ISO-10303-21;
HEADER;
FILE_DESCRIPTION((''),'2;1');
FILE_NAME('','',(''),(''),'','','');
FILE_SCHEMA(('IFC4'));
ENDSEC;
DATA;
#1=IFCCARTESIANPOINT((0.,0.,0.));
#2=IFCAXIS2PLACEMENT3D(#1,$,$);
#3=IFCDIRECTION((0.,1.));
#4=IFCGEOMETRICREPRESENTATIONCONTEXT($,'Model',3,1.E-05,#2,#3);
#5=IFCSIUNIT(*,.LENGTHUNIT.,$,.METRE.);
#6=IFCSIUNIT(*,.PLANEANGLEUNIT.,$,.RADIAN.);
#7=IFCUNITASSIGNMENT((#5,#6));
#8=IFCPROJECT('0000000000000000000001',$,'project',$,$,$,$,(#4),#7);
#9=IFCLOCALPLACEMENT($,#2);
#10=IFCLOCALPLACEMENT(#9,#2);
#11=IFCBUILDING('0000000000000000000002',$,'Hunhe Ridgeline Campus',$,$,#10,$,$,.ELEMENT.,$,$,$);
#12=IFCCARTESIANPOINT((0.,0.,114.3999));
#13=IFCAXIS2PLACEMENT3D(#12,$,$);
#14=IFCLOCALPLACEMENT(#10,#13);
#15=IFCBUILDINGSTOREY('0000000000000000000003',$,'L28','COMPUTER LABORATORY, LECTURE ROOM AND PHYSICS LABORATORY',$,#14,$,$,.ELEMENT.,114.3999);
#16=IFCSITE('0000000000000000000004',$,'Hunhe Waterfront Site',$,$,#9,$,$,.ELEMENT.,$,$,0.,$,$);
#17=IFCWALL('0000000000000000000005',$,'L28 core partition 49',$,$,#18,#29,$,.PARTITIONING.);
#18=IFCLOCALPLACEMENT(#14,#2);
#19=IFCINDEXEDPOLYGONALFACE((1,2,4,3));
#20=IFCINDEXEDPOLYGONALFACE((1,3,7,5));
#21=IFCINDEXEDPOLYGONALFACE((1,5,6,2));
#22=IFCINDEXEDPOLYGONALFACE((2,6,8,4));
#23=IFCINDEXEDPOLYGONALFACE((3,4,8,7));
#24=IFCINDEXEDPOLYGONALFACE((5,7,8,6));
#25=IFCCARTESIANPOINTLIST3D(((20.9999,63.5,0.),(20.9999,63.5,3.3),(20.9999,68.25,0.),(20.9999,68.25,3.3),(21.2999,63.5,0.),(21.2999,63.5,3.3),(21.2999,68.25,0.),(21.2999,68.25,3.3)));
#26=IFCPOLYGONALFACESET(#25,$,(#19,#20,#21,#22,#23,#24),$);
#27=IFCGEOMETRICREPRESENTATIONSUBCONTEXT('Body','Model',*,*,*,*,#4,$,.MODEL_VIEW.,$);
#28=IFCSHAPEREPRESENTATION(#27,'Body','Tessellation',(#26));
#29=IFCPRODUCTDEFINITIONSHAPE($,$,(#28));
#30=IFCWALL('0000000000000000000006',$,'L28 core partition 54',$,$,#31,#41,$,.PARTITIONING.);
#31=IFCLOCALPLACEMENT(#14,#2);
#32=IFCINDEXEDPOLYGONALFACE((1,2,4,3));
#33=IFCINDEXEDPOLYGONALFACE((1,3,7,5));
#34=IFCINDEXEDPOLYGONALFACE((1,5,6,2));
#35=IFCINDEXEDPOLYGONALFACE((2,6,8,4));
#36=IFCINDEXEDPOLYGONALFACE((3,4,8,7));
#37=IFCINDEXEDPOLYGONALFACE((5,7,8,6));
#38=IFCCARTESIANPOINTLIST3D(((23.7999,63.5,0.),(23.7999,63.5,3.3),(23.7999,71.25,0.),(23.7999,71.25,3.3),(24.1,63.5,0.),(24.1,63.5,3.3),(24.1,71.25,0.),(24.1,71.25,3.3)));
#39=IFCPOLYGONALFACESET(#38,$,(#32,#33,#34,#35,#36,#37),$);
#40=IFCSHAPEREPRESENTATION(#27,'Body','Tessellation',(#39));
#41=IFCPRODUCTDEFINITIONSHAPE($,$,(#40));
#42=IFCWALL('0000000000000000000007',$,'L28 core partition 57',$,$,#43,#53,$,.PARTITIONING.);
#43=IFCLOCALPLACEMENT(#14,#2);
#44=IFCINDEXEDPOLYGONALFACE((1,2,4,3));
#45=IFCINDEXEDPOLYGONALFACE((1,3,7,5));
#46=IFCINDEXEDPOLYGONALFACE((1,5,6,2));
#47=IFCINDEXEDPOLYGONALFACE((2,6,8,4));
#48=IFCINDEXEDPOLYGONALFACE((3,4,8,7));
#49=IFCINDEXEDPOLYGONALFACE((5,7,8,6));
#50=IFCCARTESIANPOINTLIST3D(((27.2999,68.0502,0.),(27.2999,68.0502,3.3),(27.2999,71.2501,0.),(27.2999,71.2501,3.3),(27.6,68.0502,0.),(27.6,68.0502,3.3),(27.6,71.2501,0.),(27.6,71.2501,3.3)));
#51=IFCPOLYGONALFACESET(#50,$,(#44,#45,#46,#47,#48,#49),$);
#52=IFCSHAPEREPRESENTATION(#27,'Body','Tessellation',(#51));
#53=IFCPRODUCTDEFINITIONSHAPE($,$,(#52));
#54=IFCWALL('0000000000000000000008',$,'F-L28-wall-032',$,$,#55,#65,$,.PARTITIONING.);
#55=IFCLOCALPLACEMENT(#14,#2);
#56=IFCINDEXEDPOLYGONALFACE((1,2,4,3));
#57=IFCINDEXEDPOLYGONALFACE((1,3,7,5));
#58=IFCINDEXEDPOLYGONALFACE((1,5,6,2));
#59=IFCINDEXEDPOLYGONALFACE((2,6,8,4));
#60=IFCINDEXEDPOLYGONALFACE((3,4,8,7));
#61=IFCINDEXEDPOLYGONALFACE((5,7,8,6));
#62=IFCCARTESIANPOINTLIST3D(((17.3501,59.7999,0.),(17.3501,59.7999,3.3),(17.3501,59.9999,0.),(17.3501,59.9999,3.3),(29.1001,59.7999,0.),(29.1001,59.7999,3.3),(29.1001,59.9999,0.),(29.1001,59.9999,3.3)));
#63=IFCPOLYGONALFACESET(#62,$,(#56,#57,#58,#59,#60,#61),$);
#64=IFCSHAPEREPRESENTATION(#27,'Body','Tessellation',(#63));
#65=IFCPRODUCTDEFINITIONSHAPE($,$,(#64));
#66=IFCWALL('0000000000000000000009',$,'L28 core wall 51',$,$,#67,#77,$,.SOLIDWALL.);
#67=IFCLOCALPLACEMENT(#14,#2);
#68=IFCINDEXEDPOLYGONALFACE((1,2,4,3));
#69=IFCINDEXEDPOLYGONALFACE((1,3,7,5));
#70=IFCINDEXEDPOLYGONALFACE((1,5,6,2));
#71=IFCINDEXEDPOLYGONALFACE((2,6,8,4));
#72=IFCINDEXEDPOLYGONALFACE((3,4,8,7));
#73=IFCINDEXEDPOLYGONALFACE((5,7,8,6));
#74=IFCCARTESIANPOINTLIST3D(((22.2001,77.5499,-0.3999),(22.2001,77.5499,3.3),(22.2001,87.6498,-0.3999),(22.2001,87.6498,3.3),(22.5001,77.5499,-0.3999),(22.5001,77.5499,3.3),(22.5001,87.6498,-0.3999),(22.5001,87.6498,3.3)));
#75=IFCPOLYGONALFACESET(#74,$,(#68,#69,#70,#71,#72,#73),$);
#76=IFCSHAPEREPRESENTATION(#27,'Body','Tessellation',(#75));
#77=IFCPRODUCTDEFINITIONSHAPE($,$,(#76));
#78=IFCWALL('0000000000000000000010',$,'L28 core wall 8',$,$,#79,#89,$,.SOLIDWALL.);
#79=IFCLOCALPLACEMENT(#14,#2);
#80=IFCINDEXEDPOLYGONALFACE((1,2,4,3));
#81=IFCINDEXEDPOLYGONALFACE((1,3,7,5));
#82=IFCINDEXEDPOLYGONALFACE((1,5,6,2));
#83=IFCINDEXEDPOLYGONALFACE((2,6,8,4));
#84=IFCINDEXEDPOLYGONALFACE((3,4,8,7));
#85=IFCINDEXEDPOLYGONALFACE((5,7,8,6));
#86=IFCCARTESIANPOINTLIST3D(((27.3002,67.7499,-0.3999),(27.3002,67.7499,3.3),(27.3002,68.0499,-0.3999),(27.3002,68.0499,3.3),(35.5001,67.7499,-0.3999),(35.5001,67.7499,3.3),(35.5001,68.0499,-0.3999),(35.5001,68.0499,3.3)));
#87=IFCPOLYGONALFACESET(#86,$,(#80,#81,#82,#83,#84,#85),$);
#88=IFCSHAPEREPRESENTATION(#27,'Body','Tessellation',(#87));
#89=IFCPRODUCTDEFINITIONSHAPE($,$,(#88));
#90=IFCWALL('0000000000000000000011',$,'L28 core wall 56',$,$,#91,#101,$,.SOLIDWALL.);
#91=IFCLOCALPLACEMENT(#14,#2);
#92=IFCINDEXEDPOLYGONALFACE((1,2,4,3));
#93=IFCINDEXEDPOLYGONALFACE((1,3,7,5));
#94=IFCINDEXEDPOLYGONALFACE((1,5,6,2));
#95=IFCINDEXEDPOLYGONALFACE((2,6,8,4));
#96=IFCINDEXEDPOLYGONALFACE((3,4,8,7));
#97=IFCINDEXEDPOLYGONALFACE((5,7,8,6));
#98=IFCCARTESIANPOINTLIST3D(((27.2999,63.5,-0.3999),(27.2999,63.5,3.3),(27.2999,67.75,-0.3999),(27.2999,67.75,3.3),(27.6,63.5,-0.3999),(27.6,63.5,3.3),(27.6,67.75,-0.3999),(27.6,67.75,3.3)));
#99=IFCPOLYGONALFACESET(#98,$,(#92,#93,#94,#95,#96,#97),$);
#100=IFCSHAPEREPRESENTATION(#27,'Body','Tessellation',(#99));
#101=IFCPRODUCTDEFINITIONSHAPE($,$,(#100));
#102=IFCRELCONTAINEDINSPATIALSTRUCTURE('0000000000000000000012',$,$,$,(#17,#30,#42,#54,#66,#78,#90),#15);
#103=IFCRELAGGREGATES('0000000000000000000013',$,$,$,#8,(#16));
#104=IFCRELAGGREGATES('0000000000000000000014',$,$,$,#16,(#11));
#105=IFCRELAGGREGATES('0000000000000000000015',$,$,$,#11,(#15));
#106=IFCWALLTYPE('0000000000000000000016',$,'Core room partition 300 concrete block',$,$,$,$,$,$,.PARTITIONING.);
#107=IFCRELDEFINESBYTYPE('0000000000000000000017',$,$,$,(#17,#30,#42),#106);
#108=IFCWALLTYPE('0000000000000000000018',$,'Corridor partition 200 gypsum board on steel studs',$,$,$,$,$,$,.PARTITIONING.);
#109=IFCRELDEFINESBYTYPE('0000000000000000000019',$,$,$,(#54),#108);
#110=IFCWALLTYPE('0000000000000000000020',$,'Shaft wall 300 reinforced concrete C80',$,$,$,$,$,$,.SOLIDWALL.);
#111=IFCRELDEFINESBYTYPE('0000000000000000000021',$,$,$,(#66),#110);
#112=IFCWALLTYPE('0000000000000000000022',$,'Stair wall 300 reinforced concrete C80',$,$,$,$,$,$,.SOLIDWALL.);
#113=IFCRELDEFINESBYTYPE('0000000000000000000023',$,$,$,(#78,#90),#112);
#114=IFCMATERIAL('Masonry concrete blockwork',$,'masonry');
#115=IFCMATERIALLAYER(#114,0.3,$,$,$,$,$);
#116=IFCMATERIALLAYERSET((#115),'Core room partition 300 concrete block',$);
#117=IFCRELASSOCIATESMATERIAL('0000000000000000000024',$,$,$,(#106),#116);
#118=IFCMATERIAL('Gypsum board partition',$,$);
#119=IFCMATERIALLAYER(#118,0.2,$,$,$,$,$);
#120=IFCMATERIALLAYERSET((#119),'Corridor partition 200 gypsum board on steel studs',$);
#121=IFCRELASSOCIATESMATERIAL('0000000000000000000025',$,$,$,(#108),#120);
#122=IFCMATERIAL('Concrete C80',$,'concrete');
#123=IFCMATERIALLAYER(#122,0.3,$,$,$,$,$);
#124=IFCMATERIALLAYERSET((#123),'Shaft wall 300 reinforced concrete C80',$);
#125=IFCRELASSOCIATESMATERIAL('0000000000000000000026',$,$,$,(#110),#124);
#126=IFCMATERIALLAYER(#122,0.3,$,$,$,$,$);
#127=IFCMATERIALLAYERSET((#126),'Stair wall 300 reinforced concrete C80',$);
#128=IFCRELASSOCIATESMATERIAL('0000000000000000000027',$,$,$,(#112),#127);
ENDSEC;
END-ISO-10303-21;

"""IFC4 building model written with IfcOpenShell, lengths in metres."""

from ifc_helpers import new_model, si_unit, direction, frame, frame_2d, origin, place, context, subcontext, project, spatial, rectangle, extrude, material, layer, layer_set, type_object, element, save


model = new_model("IFC4")

# Units and contexts
model_context = context("Model", 3, precision=1e-05, world=origin(), true_north=direction((0.0, 1.0)))
body_context = subcontext(model_context, "Body", "Model", "MODEL_VIEW")
ifc_project = project(units=[si_unit("LENGTHUNIT", "METRE"), si_unit("PLANEANGLEUNIT", "RADIAN")], contexts=[model_context])

# Site, building, storey
site_placement = place(None, origin())
site = spatial("IfcSite", under=ifc_project, at=site_placement, Name="Hunhe Waterfront Site", CompositionType="ELEMENT", RefElevation=0.0)
building_placement = place(site_placement, origin())
building = spatial("IfcBuilding", under=site, at=building_placement, Name="Hunhe Ridgeline Campus", CompositionType="ELEMENT")
storey_placement = place(building_placement, frame((0.0, 0.0, 114.3999)))
storey = spatial("IfcBuildingStorey", under=building, at=storey_placement, Name="L28", Description="COMPUTER LABORATORY, LECTURE ROOM AND PHYSICS LABORATORY", CompositionType="ELEMENT", Elevation=114.3999)

# Shared definitions
ifc_material_1 = material(Name="Masonry concrete blockwork", Category="masonry")
ifc_layer_1 = layer(ifc_material_1, 0.3)
ifc_layer_set_1 = layer_set([ifc_layer_1], Name="Core room partition 300 concrete block")
wall_type_1 = type_object("IfcWallType", Name="Core room partition 300 concrete block", PredefinedType="PARTITIONING", material=ifc_layer_set_1)

# Walls
wall_1_placement = place(storey_placement, frame((21.1499, 63.5, 0.0), z_axis=(0.0, 0.0, 1.0), x_axis=(0.0, 1.0, 0.0)))
element("IfcWall", 1, at=wall_1_placement, inside=storey, type_object=wall_type_1, Name="L28 core partition 49", PredefinedType="PARTITIONING", context=body_context, shape_type="SweptSolid", body=[
    extrude(rectangle(XDim=4.75, YDim=0.3, at=frame_2d((2.375, 0.0))), origin(), (0.0, 0.0, 1.0), 3.3),
])
wall_2_placement = place(storey_placement, frame((23.95, 63.5, 0.0), z_axis=(0.0, 0.0, 1.0), x_axis=(0.0, 1.0, 0.0)))
element("IfcWall", 2, at=wall_2_placement, inside=storey, type_object=wall_type_1, Name="L28 core partition 54", PredefinedType="PARTITIONING", context=body_context, shape_type="SweptSolid", body=[
    extrude(rectangle(XDim=7.75, YDim=0.3, at=frame_2d((3.875, 0.0))), origin(), (0.0, 0.0, 1.0), 3.3),
])
wall_3_placement = place(storey_placement, frame((27.45, 68.05, 0.0), z_axis=(0.0, 0.0, 1.0), x_axis=(0.0, 1.0, 0.0)))
element("IfcWall", 3, at=wall_3_placement, inside=storey, type_object=wall_type_1, Name="L28 core partition 57", PredefinedType="PARTITIONING", context=body_context, shape_type="SweptSolid", body=[
    extrude(rectangle(XDim=3.2, YDim=0.3, at=frame_2d((1.6001, 0.0))), origin(), (0.0, 0.0, 1.0), 3.3),
])
ifc_material_2 = material(Name="Gypsum board partition")
ifc_layer_2 = layer(ifc_material_2, 0.2)
ifc_layer_set_2 = layer_set([ifc_layer_2], Name="Corridor partition 200 gypsum board on steel studs")
wall_type_2 = type_object("IfcWallType", Name="Corridor partition 200 gypsum board on steel studs", PredefinedType="PARTITIONING", material=ifc_layer_set_2)
wall_4_placement = place(storey_placement, frame((29.1001, 59.8999, 0.0), z_axis=(0.0, 0.0, 1.0), x_axis=(-1.0, 0.0, 0.0)))
element("IfcWall", 4, at=wall_4_placement, inside=storey, type_object=wall_type_2, Name="F-L28-wall-032", PredefinedType="PARTITIONING", context=body_context, shape_type="SweptSolid", body=[
    extrude(rectangle(XDim=11.75, YDim=0.2, at=frame_2d((5.875, 0.0))), origin(), (0.0, 0.0, 1.0), 3.3),
])

# Walls
ifc_material_3 = material(Name="Concrete C80", Category="concrete")
ifc_layer_3 = layer(ifc_material_3, 0.3)
ifc_layer_set_3 = layer_set([ifc_layer_3], Name="Shaft wall 300 reinforced concrete C80")
wall_type_3 = type_object("IfcWallType", Name="Shaft wall 300 reinforced concrete C80", PredefinedType="SOLIDWALL", material=ifc_layer_set_3)
wall_5_placement = place(storey_placement, frame((22.3501, 77.55, -0.3999), z_axis=(0.0, 0.0, 1.0), x_axis=(0.0, 1.0, 0.0)))
element("IfcWall", 5, at=wall_5_placement, inside=storey, type_object=wall_type_3, Name="L28 core wall 51", PredefinedType="SOLIDWALL", context=body_context, shape_type="SweptSolid", body=[
    extrude(rectangle(XDim=10.0999, YDim=0.3, at=frame_2d((5.0498, 0.0))), origin(), (0.0, 0.0, 1.0), 3.7),
])
ifc_layer_4 = layer(ifc_material_3, 0.3)
ifc_layer_set_4 = layer_set([ifc_layer_4], Name="Stair wall 300 reinforced concrete C80")
wall_type_4 = type_object("IfcWallType", Name="Stair wall 300 reinforced concrete C80", PredefinedType="SOLIDWALL", material=ifc_layer_set_4)
wall_6_placement = place(storey_placement, frame((27.3, 67.8999, -0.3999), z_axis=(0.0, 0.0, 1.0), x_axis=(1.0, 0.0, 0.0)))
element("IfcWall", 6, at=wall_6_placement, inside=storey, type_object=wall_type_4, Name="L28 core wall 8", PredefinedType="SOLIDWALL", context=body_context, shape_type="SweptSolid", body=[
    extrude(rectangle(XDim=8.2, YDim=0.3, at=frame_2d((4.1001, 0.0))), origin(), (0.0, 0.0, 1.0), 3.7),
])
wall_7_placement = place(storey_placement, frame((27.45, 63.5, -0.3999), z_axis=(0.0, 0.0, 1.0), x_axis=(0.0, 1.0, 0.0)))
element("IfcWall", 7, at=wall_7_placement, inside=storey, type_object=wall_type_4, Name="L28 core wall 56", PredefinedType="SOLIDWALL", context=body_context, shape_type="SweptSolid", body=[
    extrude(rectangle(XDim=4.25, YDim=0.3, at=frame_2d((2.125, 0.0))), origin(), (0.0, 0.0, 1.0), 3.7),
])

save(model, "model.ifc")
